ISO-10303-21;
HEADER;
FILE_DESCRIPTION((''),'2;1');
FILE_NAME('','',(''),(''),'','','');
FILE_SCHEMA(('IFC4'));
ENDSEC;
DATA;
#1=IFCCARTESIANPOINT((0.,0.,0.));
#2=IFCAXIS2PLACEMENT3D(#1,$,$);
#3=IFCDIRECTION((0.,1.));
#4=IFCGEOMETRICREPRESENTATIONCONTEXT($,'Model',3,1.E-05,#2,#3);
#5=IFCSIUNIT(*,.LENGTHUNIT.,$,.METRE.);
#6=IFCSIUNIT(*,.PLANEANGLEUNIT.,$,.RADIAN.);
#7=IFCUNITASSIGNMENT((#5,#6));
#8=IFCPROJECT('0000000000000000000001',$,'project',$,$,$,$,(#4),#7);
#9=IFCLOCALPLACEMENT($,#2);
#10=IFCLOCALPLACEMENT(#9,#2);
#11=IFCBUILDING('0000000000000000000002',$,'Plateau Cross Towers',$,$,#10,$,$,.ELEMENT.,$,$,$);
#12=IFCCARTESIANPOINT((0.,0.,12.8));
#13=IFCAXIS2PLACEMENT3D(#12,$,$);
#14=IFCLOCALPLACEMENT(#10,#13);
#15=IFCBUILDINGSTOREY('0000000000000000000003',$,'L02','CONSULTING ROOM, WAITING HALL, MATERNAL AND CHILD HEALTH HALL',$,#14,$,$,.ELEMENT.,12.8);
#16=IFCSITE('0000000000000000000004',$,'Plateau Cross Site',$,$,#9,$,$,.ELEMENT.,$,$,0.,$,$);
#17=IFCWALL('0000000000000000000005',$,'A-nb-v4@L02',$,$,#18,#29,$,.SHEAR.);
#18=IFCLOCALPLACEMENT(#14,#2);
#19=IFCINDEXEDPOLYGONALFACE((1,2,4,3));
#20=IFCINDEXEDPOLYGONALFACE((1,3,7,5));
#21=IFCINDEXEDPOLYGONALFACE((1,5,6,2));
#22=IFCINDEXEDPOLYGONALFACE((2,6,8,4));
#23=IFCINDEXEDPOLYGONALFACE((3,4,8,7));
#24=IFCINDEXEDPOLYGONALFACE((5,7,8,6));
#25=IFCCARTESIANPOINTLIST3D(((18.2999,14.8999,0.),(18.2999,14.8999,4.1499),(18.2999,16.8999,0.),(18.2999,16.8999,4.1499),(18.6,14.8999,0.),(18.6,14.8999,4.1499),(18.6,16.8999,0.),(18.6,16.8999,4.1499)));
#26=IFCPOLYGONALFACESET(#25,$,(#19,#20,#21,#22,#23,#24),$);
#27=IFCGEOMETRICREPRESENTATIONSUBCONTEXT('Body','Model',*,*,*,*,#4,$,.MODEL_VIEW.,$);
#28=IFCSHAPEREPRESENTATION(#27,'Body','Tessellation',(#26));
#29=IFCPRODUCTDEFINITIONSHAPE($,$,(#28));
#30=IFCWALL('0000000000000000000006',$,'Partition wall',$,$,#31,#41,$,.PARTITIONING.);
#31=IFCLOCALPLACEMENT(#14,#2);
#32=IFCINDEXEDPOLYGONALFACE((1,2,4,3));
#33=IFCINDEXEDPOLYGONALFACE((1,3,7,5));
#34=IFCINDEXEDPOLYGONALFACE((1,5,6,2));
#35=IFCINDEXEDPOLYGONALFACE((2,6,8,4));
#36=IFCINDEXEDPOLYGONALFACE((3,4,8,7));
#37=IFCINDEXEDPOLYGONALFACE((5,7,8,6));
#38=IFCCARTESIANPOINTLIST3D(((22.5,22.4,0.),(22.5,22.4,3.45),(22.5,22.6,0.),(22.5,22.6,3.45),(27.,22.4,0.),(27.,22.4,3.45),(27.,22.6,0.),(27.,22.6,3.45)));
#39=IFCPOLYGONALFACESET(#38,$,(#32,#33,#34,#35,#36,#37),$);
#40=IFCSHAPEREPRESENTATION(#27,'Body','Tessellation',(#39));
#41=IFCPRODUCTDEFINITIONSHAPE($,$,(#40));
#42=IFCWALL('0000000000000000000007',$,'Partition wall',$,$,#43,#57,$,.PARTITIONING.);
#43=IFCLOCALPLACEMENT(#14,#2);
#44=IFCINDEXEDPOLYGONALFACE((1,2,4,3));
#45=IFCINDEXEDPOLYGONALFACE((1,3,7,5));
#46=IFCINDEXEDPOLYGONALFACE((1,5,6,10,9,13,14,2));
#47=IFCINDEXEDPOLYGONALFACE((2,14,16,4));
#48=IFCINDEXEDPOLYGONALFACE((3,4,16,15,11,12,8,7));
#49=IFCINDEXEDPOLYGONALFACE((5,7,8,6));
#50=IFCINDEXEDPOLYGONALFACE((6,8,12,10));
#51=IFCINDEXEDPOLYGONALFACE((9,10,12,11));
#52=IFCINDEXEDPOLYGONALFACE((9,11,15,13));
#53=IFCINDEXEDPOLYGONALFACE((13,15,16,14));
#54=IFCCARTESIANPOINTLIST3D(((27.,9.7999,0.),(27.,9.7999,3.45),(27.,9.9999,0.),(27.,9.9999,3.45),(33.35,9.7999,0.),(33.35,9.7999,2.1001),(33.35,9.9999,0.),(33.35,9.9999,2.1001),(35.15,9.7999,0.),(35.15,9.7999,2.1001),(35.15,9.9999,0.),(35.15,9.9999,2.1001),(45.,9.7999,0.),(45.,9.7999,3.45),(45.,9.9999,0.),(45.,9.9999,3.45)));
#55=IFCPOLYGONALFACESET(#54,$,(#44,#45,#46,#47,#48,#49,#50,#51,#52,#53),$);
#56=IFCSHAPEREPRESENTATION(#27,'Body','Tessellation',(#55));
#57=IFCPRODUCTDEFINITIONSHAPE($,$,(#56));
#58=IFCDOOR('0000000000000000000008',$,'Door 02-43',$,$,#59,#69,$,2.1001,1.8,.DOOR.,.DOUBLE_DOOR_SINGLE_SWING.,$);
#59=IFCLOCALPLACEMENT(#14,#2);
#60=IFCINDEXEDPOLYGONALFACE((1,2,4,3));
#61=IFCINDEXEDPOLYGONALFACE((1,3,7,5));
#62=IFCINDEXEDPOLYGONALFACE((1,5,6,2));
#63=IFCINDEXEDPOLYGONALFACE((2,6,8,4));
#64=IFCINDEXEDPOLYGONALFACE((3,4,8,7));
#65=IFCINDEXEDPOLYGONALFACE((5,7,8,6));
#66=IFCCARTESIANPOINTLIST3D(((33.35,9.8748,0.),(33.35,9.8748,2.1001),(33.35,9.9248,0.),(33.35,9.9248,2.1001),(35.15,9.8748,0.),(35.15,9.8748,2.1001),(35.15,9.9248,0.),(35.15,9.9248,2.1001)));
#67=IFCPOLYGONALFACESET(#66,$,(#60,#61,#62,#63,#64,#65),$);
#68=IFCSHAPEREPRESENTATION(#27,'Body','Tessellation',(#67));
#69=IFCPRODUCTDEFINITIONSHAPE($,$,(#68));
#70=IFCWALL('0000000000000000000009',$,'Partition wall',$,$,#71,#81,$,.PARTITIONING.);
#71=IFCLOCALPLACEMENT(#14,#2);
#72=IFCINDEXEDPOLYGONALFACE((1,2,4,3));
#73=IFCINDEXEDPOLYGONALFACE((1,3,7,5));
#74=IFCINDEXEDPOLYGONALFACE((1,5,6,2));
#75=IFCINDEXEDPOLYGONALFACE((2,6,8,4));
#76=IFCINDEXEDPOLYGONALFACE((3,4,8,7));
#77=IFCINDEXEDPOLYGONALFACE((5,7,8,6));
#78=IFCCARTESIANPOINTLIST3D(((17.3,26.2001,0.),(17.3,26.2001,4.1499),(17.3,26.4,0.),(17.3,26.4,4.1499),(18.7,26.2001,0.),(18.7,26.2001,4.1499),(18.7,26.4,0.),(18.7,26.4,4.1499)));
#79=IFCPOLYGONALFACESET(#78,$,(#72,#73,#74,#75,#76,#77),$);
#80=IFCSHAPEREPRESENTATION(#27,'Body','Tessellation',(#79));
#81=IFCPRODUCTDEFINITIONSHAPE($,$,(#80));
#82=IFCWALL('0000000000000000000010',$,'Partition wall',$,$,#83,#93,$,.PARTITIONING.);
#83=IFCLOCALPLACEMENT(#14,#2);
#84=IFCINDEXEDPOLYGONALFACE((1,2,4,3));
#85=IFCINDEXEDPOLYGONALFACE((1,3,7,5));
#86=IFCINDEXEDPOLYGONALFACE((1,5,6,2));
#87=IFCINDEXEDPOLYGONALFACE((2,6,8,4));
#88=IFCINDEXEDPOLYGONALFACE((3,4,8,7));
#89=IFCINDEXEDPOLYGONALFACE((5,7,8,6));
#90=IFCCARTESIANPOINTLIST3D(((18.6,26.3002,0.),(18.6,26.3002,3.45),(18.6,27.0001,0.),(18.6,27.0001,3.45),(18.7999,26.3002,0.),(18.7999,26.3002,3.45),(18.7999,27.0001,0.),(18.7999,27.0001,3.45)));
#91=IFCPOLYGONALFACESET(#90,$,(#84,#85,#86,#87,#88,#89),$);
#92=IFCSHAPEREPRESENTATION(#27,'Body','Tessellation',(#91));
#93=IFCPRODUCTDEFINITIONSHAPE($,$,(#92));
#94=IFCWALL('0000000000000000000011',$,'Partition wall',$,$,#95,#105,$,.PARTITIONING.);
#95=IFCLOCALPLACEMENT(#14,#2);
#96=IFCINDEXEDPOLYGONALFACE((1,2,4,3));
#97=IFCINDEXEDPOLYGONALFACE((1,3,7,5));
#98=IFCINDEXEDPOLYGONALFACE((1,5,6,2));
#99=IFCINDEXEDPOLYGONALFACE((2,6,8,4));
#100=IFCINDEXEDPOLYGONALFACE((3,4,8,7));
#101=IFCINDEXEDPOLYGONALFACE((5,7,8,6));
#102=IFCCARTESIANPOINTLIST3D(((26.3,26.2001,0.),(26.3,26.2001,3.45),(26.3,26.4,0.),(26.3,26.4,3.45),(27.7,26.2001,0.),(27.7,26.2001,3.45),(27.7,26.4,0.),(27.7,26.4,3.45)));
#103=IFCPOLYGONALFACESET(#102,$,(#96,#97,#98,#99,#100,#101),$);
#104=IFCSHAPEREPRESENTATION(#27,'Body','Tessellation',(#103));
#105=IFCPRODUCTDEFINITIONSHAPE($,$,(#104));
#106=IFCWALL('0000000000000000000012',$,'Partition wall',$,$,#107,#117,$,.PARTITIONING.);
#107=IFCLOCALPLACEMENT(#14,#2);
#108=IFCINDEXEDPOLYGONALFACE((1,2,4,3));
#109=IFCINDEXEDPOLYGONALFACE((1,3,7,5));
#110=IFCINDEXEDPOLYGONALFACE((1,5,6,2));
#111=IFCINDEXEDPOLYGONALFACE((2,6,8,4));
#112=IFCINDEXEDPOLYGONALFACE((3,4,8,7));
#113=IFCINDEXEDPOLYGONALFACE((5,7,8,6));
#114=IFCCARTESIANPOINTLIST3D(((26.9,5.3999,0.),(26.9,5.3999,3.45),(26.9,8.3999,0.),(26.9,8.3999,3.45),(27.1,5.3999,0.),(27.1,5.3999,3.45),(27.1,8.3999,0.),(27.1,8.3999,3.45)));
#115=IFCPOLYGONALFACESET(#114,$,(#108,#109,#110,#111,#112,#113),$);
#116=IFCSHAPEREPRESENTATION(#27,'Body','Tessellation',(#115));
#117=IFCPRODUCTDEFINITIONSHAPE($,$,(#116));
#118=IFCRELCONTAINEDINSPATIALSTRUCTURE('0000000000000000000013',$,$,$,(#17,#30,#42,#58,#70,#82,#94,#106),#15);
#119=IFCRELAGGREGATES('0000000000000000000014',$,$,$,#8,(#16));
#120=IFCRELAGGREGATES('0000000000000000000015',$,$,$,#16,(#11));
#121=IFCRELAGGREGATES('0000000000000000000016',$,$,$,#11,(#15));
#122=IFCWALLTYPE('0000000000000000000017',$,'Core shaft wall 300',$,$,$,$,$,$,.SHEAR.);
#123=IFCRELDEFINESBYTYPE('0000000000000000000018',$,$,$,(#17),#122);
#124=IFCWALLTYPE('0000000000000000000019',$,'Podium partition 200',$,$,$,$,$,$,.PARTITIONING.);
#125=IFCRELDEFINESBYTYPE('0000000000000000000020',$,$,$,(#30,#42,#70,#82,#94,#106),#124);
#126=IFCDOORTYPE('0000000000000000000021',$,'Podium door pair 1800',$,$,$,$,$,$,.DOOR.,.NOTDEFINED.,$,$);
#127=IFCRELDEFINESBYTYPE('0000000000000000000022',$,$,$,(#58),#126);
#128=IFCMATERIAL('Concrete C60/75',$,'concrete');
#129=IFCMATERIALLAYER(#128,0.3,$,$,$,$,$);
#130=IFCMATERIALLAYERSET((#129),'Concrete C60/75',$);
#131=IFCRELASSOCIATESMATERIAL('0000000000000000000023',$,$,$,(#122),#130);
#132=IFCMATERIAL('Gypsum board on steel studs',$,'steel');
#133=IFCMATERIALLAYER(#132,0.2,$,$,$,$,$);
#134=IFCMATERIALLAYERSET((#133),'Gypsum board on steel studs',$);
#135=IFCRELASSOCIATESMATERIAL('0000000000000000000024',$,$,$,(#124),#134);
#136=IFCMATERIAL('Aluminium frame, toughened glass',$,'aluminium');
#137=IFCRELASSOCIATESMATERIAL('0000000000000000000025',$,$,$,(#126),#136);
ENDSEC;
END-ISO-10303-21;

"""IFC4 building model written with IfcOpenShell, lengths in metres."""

from ifc_helpers import new_model, si_unit, direction, frame, frame_2d, origin, place, context, subcontext, project, spatial, rectangle, extrude, material, layer, layer_set, type_object, element, fill, save


model = new_model("IFC4")

# Units and contexts
model_context = context("Model", 3, precision=1e-05, world=origin(), true_north=direction((0.0, 1.0)))
body_context = subcontext(model_context, "Body", "Model", "MODEL_VIEW")
ifc_project = project(units=[si_unit("LENGTHUNIT", "METRE"), si_unit("PLANEANGLEUNIT", "RADIAN")], contexts=[model_context])

# Site, building, storey
site_placement = place(None, origin())
site = spatial("IfcSite", under=ifc_project, at=site_placement, Name="Plateau Cross Site", CompositionType="ELEMENT", RefElevation=0.0)
building_placement = place(site_placement, origin())
building = spatial("IfcBuilding", under=site, at=building_placement, Name="Plateau Cross Towers", CompositionType="ELEMENT")
storey_placement = place(building_placement, frame((0.0, 0.0, 12.8)))
storey = spatial("IfcBuildingStorey", under=building, at=storey_placement, Name="L02", Description="CONSULTING ROOM, WAITING HALL, MATERNAL AND CHILD HEALTH HALL", CompositionType="ELEMENT", Elevation=12.8)

# Shared definitions
ifc_material_1 = material(Name="Concrete C60/75", Category="concrete")

# Walls
ifc_layer_1 = layer(ifc_material_1, 0.3)
ifc_layer_set_1 = layer_set([ifc_layer_1], Name="Concrete C60/75")
wall_type_1 = type_object("IfcWallType", Name="Core shaft wall 300", PredefinedType="SHEAR", material=ifc_layer_set_1)
for number, where, z_axis, x_axis, name in (
    (1, (18.45, 14.8999, 0.0), (0.0, 0.0, 1.0), (0.0, 1.0, 0.0), "A-nb-v4@L02"),
):
    element("IfcWall", number, at=place(storey_placement, frame(where, z_axis=z_axis, x_axis=x_axis)), inside=storey, type_object=wall_type_1, Name=name, PredefinedType="SHEAR", context=body_context, shape_type="SweptSolid", body=[
        extrude(rectangle(XDim=2.0, YDim=0.3, at=frame_2d((1.0, 0.0))), origin(), (0.0, 0.0, 1.0), 4.1499),
    ])
ifc_material_2 = material(Name="Gypsum board on steel studs", Category="steel")
ifc_layer_2 = layer(ifc_material_2, 0.2)
ifc_layer_set_2 = layer_set([ifc_layer_2], Name="Gypsum board on steel studs")
wall_type_2 = type_object("IfcWallType", Name="Podium partition 200", PredefinedType="PARTITIONING", material=ifc_layer_set_2)
wall_1_placement = place(storey_placement, frame((22.5, 22.5, 0.0), z_axis=(0.0, 0.0, 1.0), x_axis=(1.0, 0.0, 0.0)))
element("IfcWall", 2, at=wall_1_placement, inside=storey, type_object=wall_type_2, Name="Partition wall", PredefinedType="PARTITIONING", context=body_context, shape_type="SweptSolid", body=[
    extrude(rectangle(XDim=4.5, YDim=0.2, at=frame_2d((2.25, 0.0))), origin(), (0.0, 0.0, 1.0), 3.45),
])

# Wall, opening, door
wall_2_placement = place(storey_placement, frame((27.0, 9.8999, 0.0), z_axis=(0.0, 0.0, 1.0), x_axis=(1.0, 0.0, 0.0)))
wall_2 = element("IfcWall", 3, at=wall_2_placement, inside=storey, type_object=wall_type_2, Name="Partition wall", PredefinedType="PARTITIONING", context=body_context, shape_type="SweptSolid", body=[
    extrude(rectangle(XDim=18.0, YDim=0.2, at=frame_2d((9.0, 0.0))), origin(), (0.0, 0.0, 1.0), 3.45),
])
opening_1_placement = place(wall_2_placement, frame((6.3501, 0.0, 0.0)))
opening_1 = element("IfcOpeningElement", 4, at=opening_1_placement, cuts=wall_2, PredefinedType="OPENING", context=body_context, shape_type="SweptSolid", body=[
    extrude(rectangle(XDim=1.8, YDim=2.1001, at=frame_2d((0.8999, 1.05))), frame((0.0, 0.1099, 0.0), z_axis=(0.0, -1.0, 0.0), x_axis=(1.0, 0.0, 0.0)), (0.0, 0.0, 1.0), 0.22),
])
ifc_material_3 = material(Name="Aluminium frame, toughened glass", Category="aluminium")
door_type_1 = type_object("IfcDoorType", Name="Podium door pair 1800", OperationType="NOTDEFINED", PredefinedType="DOOR", material=ifc_material_3)
door_1_placement = place(opening_1_placement, origin())
door_1 = element("IfcDoor", 5, at=door_1_placement, inside=storey, type_object=door_type_1, Name="Door 02-43", OperationType="DOUBLE_DOOR_SINGLE_SWING", OverallHeight=2.1001, OverallWidth=1.8, PredefinedType="DOOR", context=body_context, shape_type="SweptSolid", body=[
    extrude(rectangle(XDim=1.8, YDim=2.1001, at=frame_2d((0.8999, 1.05))), frame((0.0, 0.0249, 0.0), z_axis=(0.0, -1.0, 0.0), x_axis=(1.0, 0.0, 0.0)), (0.0, 0.0, 1.0), 0.05),
])
fill(opening_1, door_1)

# Walls
wall_3_placement = place(storey_placement, frame((17.3, 26.3, 0.0), z_axis=(0.0, 0.0, 1.0), x_axis=(1.0, 0.0, 0.0)))
element("IfcWall", 6, at=wall_3_placement, inside=storey, type_object=wall_type_2, Name="Partition wall", PredefinedType="PARTITIONING", context=body_context, shape_type="SweptSolid", body=[
    extrude(rectangle(XDim=1.3999, YDim=0.2, at=frame_2d((0.7, 0.0))), origin(), (0.0, 0.0, 1.0), 4.1499),
])
wall_4_placement = place(storey_placement, frame((18.7, 26.3, 0.0), z_axis=(0.0, 0.0, 1.0), x_axis=(0.0, 1.0, 0.0)))
element("IfcWall", 7, at=wall_4_placement, inside=storey, type_object=wall_type_2, Name="Partition wall", PredefinedType="PARTITIONING", context=body_context, shape_type="SweptSolid", body=[
    extrude(rectangle(XDim=0.7, YDim=0.2, at=frame_2d((0.3501, 0.0))), origin(), (0.0, 0.0, 1.0), 3.45),
])
wall_5_placement = place(storey_placement, frame((26.3, 26.3, 0.0), z_axis=(0.0, 0.0, 1.0), x_axis=(1.0, 0.0, 0.0)))
element("IfcWall", 8, at=wall_5_placement, inside=storey, type_object=wall_type_2, Name="Partition wall", PredefinedType="PARTITIONING", context=body_context, shape_type="SweptSolid", body=[
    extrude(rectangle(XDim=1.3999, YDim=0.2, at=frame_2d((0.7, 0.0))), origin(), (0.0, 0.0, 1.0), 3.45),
])
wall_6_placement = place(storey_placement, frame((27.0, 8.3999, 0.0), z_axis=(0.0, 0.0, 1.0), x_axis=(0.0, -1.0, 0.0)))
element("IfcWall", 9, at=wall_6_placement, inside=storey, type_object=wall_type_2, Name="Partition wall", PredefinedType="PARTITIONING", context=body_context, shape_type="SweptSolid", body=[
    extrude(rectangle(XDim=3.0, YDim=0.2, at=frame_2d((1.5, 0.0))), origin(), (0.0, 0.0, 1.0), 3.45),
])

save(model, "model.ifc")
